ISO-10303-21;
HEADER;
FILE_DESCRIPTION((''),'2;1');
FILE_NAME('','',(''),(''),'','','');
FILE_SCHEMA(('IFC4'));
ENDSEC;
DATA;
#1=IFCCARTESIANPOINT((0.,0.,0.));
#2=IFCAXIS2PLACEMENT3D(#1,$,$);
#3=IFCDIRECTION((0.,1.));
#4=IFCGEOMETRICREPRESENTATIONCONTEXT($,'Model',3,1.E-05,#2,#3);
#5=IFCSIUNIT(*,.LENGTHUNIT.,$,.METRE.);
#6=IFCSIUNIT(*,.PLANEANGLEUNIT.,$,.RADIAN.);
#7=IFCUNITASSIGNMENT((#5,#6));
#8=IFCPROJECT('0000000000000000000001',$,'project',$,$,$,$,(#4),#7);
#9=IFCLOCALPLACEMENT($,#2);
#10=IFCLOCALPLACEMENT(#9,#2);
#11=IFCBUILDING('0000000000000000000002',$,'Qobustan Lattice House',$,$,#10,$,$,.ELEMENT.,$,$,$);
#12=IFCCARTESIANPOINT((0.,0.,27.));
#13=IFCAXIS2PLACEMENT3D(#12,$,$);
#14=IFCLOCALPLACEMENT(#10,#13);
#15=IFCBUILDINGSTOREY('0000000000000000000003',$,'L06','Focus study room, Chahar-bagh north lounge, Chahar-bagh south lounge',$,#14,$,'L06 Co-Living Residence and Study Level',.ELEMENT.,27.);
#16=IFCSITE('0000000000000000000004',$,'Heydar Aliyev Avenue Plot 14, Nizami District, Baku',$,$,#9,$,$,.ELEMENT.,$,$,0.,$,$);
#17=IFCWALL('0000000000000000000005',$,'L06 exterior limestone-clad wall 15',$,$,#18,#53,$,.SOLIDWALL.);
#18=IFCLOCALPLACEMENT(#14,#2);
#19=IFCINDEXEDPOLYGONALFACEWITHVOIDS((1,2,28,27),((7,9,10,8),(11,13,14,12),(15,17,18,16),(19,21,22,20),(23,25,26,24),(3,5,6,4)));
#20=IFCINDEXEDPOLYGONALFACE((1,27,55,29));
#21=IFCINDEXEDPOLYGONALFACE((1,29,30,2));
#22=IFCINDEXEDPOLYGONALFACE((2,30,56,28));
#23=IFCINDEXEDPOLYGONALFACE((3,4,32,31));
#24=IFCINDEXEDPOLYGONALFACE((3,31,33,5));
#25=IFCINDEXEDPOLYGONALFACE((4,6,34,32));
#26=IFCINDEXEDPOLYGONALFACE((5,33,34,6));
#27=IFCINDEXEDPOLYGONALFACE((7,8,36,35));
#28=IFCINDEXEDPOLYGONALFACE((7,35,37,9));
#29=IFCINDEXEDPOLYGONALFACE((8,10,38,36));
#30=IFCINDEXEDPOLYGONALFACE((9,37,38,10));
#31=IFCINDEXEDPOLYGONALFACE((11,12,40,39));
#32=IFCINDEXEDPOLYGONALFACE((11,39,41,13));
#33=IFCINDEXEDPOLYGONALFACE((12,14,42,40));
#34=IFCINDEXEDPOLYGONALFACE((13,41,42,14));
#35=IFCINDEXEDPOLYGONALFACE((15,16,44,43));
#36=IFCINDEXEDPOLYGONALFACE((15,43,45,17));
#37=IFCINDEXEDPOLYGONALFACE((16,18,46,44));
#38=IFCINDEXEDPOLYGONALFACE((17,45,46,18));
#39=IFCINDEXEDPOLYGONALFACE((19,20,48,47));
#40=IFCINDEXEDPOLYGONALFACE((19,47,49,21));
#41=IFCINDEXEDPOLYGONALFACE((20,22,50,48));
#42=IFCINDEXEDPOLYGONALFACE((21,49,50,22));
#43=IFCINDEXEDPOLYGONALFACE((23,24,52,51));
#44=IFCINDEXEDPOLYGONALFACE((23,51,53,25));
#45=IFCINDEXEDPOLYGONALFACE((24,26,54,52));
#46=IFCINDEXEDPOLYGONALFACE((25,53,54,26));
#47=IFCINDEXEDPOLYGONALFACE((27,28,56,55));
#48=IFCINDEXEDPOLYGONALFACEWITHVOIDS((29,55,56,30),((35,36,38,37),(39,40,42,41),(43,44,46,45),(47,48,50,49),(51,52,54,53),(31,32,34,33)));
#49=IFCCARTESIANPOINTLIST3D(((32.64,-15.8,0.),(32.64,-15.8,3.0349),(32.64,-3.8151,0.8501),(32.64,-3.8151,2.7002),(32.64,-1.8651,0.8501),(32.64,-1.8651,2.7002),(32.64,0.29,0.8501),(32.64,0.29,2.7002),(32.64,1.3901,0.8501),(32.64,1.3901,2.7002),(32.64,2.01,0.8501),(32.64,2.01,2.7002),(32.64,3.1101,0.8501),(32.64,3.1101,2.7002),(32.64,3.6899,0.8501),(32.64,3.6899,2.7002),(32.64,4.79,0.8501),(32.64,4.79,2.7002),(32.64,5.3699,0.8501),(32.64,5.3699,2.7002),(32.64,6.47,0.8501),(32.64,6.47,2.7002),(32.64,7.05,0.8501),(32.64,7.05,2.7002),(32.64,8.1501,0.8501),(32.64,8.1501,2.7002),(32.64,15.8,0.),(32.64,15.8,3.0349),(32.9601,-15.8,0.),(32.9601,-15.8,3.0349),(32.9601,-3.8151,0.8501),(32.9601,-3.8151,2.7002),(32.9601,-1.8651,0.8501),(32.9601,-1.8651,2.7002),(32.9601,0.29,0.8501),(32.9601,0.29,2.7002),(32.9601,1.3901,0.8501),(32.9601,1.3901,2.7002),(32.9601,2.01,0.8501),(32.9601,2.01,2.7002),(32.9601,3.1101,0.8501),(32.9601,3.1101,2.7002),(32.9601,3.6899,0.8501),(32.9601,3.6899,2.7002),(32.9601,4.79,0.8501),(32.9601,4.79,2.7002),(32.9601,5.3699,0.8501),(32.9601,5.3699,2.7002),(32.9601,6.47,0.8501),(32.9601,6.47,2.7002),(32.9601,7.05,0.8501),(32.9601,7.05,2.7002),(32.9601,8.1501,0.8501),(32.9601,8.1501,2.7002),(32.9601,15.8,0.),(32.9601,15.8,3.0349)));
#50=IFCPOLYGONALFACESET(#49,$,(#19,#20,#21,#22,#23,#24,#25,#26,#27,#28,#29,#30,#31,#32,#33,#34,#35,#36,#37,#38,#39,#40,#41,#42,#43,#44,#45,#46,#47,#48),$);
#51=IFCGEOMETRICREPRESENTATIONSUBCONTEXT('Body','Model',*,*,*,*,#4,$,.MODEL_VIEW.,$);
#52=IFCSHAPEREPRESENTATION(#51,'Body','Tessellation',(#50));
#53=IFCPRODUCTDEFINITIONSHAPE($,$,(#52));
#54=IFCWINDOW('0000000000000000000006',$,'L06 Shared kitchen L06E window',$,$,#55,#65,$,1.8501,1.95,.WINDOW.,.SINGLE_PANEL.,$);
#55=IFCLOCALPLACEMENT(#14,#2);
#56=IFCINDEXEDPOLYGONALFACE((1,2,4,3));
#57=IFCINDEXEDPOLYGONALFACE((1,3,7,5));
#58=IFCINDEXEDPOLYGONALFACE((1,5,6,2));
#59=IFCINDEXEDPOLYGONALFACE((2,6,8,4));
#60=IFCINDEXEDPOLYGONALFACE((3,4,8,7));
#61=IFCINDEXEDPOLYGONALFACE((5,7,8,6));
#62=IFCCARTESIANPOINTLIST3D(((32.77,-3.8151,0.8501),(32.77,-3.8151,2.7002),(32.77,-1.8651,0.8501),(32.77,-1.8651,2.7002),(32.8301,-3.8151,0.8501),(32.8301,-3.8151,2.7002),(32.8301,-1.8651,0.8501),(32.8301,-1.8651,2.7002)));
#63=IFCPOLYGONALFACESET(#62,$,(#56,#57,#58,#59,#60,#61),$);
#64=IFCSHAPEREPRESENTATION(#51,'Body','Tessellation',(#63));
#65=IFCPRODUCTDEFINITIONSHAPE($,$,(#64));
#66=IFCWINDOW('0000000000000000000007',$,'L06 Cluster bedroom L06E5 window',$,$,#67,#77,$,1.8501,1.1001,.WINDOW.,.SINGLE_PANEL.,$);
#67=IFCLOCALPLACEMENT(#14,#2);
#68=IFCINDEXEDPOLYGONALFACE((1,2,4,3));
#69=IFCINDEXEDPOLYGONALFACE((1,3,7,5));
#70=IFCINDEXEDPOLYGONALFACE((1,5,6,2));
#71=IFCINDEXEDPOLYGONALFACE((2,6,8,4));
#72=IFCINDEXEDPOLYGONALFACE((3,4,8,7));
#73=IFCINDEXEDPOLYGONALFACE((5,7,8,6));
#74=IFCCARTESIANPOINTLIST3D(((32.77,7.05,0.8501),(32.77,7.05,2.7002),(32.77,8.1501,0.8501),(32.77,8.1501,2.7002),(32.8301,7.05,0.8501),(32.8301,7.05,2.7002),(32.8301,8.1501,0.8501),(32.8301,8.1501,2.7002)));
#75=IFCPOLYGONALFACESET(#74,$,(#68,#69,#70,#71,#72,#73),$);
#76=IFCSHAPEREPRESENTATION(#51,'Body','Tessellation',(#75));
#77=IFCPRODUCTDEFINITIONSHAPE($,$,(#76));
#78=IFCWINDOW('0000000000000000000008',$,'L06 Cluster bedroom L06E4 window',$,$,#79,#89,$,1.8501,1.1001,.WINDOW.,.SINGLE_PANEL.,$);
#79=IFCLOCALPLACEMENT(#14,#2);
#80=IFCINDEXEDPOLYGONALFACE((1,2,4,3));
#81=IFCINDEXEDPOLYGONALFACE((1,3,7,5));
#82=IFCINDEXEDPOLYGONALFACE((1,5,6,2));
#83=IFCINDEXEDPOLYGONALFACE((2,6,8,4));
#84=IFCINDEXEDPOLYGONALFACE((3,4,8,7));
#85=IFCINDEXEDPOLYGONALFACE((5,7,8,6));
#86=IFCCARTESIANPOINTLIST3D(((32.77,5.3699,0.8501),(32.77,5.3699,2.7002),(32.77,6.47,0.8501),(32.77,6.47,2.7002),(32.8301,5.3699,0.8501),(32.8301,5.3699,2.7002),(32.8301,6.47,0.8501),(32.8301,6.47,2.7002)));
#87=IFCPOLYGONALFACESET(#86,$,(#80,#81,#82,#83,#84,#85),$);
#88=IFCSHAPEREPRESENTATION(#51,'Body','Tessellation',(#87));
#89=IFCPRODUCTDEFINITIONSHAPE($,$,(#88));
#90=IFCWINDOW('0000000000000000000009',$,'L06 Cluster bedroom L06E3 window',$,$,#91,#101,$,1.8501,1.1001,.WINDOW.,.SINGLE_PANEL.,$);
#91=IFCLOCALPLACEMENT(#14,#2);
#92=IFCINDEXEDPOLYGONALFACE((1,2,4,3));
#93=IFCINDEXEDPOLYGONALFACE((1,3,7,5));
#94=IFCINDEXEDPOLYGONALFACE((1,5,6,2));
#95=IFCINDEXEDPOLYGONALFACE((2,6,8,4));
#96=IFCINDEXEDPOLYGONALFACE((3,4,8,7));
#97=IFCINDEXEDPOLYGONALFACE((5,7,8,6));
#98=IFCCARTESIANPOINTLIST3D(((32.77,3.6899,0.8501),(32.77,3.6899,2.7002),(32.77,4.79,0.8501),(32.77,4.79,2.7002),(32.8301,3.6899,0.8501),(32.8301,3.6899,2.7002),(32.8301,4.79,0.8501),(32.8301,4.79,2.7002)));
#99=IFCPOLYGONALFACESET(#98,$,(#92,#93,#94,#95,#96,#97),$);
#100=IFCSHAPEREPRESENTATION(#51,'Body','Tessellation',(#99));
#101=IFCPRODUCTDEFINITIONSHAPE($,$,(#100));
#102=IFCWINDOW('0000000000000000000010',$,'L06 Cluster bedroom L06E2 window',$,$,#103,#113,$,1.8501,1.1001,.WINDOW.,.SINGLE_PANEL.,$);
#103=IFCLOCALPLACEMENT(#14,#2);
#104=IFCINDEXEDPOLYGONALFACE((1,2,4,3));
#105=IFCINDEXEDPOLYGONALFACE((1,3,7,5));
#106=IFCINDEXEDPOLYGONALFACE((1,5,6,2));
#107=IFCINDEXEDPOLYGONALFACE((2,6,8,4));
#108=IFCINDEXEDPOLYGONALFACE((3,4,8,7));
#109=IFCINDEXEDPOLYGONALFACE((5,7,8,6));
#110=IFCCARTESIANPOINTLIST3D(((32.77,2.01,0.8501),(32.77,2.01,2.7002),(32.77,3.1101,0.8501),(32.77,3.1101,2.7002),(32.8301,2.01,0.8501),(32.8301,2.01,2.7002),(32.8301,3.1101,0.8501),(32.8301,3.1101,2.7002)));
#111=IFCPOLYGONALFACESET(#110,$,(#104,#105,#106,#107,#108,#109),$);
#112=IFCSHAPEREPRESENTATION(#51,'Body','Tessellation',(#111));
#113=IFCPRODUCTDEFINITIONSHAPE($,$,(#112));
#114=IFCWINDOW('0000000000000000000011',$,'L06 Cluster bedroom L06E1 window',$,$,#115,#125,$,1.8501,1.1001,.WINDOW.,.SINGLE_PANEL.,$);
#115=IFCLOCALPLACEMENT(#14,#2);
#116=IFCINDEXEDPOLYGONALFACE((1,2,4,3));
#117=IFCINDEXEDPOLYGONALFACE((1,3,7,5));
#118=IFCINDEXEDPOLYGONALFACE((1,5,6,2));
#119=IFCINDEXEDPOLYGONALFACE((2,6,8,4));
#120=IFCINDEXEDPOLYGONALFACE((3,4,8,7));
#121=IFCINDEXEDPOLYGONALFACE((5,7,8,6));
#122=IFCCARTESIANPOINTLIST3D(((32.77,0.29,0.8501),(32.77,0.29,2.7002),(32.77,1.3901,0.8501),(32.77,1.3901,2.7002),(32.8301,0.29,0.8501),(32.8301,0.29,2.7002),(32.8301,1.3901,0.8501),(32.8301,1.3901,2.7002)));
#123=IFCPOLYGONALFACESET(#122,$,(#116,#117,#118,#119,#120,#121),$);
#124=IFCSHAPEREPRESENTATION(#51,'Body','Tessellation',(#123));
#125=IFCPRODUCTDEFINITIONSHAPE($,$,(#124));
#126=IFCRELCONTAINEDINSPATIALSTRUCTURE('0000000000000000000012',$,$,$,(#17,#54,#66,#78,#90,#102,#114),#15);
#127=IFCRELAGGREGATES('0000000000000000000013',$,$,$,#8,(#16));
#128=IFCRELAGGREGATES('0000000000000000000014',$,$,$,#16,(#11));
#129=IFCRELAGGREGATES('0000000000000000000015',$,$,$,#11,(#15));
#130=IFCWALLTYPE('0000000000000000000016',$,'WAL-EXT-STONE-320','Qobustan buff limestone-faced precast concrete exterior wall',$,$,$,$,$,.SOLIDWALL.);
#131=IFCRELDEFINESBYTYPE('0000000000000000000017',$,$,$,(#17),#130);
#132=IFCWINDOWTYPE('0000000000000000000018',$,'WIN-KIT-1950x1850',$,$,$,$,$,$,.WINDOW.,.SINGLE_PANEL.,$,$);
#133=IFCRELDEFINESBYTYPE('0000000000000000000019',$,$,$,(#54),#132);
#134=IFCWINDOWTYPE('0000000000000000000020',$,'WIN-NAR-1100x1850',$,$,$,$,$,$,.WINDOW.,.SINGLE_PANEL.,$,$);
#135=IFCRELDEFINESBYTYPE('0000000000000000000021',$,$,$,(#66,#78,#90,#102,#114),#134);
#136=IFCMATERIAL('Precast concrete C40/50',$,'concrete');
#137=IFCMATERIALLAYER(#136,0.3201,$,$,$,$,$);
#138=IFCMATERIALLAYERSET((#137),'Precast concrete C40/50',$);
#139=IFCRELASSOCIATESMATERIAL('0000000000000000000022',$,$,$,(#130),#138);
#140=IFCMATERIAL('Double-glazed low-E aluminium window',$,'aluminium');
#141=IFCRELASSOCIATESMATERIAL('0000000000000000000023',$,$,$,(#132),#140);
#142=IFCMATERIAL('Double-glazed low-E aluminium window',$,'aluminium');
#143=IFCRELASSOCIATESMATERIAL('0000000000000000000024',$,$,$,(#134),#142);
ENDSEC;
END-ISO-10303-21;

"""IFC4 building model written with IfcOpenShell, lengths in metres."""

from ifc_helpers import new_model, si_unit, direction, frame, frame_2d, origin, place, context, subcontext, project, spatial, rectangle, extrude, material, layer, layer_set, type_object, element, fill, save


model = new_model("IFC4")

# Units and contexts
model_context = context("Model", 3, precision=1e-05, world=origin(), true_north=direction((0.0, 1.0)))
body_context = subcontext(model_context, "Body", "Model", "MODEL_VIEW")
ifc_project = project(units=[si_unit("LENGTHUNIT", "METRE"), si_unit("PLANEANGLEUNIT", "RADIAN")], contexts=[model_context])

# Site, building, storey
site_placement = place(None, origin())
site = spatial("IfcSite", under=ifc_project, at=site_placement, Name="Heydar Aliyev Avenue Plot 14, Nizami District, Baku", CompositionType="ELEMENT", RefElevation=0.0)
building_placement = place(site_placement, origin())
building = spatial("IfcBuilding", under=site, at=building_placement, Name="Qobustan Lattice House", CompositionType="ELEMENT")
storey_placement = place(building_placement, frame((0.0, 0.0, 27.0)))
storey = spatial("IfcBuildingStorey", under=building, at=storey_placement, Name="L06", Description="Focus study room, Chahar-bagh north lounge, Chahar-bagh south lounge", LongName="L06 Co-Living Residence and Study Level", CompositionType="ELEMENT", Elevation=27.0)

# Shared definitions
ifc_material_1 = material(Name="Precast concrete C40/50", Category="concrete")
ifc_layer_1 = layer(ifc_material_1, 0.3201)
ifc_layer_set_1 = layer_set([ifc_layer_1], Name="Precast concrete C40/50")
wall_type = type_object("IfcWallType", Name="WAL-EXT-STONE-320", Description="Qobustan buff limestone-faced precast concrete exterior wall", PredefinedType="SOLIDWALL", material=ifc_layer_set_1)

# Wall, openings, windows
wall_1_placement = place(storey_placement, frame((32.8, 15.8, 0.0), z_axis=(0.0, 0.0, 1.0), x_axis=(0.0, -1.0, 0.0)))
wall_1 = element("IfcWall", 1, at=wall_1_placement, inside=storey, type_object=wall_type, Name="L06 exterior limestone-clad wall 15", PredefinedType="SOLIDWALL", context=body_context, shape_type="SweptSolid", body=[
    extrude(rectangle(XDim=31.6001, YDim=0.3201, at=frame_2d((15.8, 0.0))), origin(), (0.0, 0.0, 1.0), 3.0349),
])
opening_1_placement = place(wall_1_placement, frame((7.6499, 0.0, 0.8501)))
opening_1 = element("IfcOpeningElement", 2, at=opening_1_placement, cuts=wall_1, PredefinedType="OPENING", context=body_context, shape_type="SweptSolid", body=[
    extrude(rectangle(XDim=1.1001, YDim=1.8501, at=frame_2d((0.55, 0.925))), frame((0.0, 0.1699, 0.0), z_axis=(0.0, -1.0, 0.0), x_axis=(1.0, 0.0, 0.0)), (0.0, 0.0, 1.0), 0.3401),
])
opening_2_placement = place(wall_1_placement, frame((9.3301, 0.0, 0.8501)))
opening_2 = element("IfcOpeningElement", 3, at=opening_2_placement, cuts=wall_1, PredefinedType="OPENING", context=body_context, shape_type="SweptSolid", body=[
    extrude(rectangle(XDim=1.1001, YDim=1.8501, at=frame_2d((0.55, 0.925))), frame((0.0, 0.1699, 0.0), z_axis=(0.0, -1.0, 0.0), x_axis=(1.0, 0.0, 0.0)), (0.0, 0.0, 1.0), 0.3401),
])
opening_3_placement = place(wall_1_placement, frame((11.01, 0.0, 0.8501)))
opening_3 = element("IfcOpeningElement", 4, at=opening_3_placement, cuts=wall_1, PredefinedType="OPENING", context=body_context, shape_type="SweptSolid", body=[
    extrude(rectangle(XDim=1.1001, YDim=1.8501, at=frame_2d((0.55, 0.925))), frame((0.0, 0.1699, 0.0), z_axis=(0.0, -1.0, 0.0), x_axis=(1.0, 0.0, 0.0)), (0.0, 0.0, 1.0), 0.3401),
])
opening_4_placement = place(wall_1_placement, frame((12.6899, 0.0, 0.8501)))
opening_4 = element("IfcOpeningElement", 5, at=opening_4_placement, cuts=wall_1, PredefinedType="OPENING", context=body_context, shape_type="SweptSolid", body=[
    extrude(rectangle(XDim=1.1001, YDim=1.8501, at=frame_2d((0.55, 0.925))), frame((0.0, 0.1699, 0.0), z_axis=(0.0, -1.0, 0.0), x_axis=(1.0, 0.0, 0.0)), (0.0, 0.0, 1.0), 0.3401),
])
opening_5_placement = place(wall_1_placement, frame((14.4099, 0.0, 0.8501)))
opening_5 = element("IfcOpeningElement", 6, at=opening_5_placement, cuts=wall_1, PredefinedType="OPENING", context=body_context, shape_type="SweptSolid", body=[
    extrude(rectangle(XDim=1.1001, YDim=1.8501, at=frame_2d((0.55, 0.925))), frame((0.0, 0.1699, 0.0), z_axis=(0.0, -1.0, 0.0), x_axis=(1.0, 0.0, 0.0)), (0.0, 0.0, 1.0), 0.3401),
])
opening_6_placement = place(wall_1_placement, frame((17.665, 0.0, 0.8501)))
opening_6 = element("IfcOpeningElement", 7, at=opening_6_placement, cuts=wall_1, PredefinedType="OPENING", context=body_context, shape_type="SweptSolid", body=[
    extrude(rectangle(XDim=1.95, YDim=1.8501, at=frame_2d((0.9751, 0.925))), frame((0.0, 0.1699, 0.0), z_axis=(0.0, -1.0, 0.0), x_axis=(1.0, 0.0, 0.0)), (0.0, 0.0, 1.0), 0.3401),
])
ifc_material_2 = material(Name="Double-glazed low-E aluminium window", Category="aluminium")
window_type_1 = type_object("IfcWindowType", Name="WIN-KIT-1950x1850", PartitioningType="SINGLE_PANEL", PredefinedType="WINDOW", material=ifc_material_2)
window_1_placement = place(opening_6_placement, origin())
window_1 = element("IfcWindow", 8, at=window_1_placement, inside=storey, type_object=window_type_1, Name="L06 Shared kitchen L06E window", OverallHeight=1.8501, OverallWidth=1.95, PartitioningType="SINGLE_PANEL", PredefinedType="WINDOW", context=body_context, shape_type="SweptSolid", body=[
    extrude(rectangle(XDim=1.95, YDim=1.8501, at=frame_2d((0.9751, 0.925))), frame((0.0, 0.03, 0.0), z_axis=(0.0, -1.0, 0.0), x_axis=(1.0, 0.0, 0.0)), (0.0, 0.0, 1.0), 0.0601),
])
fill(opening_6, window_1)
ifc_material_3 = material(Name="Double-glazed low-E aluminium window", Category="aluminium")
window_type_2 = type_object("IfcWindowType", Name="WIN-NAR-1100x1850", PartitioningType="SINGLE_PANEL", PredefinedType="WINDOW", material=ifc_material_3)
window_2_placement = place(opening_1_placement, origin())
window_2 = element("IfcWindow", 9, at=window_2_placement, inside=storey, type_object=window_type_2, Name="L06 Cluster bedroom L06E5 window", OverallHeight=1.8501, OverallWidth=1.1001, PartitioningType="SINGLE_PANEL", PredefinedType="WINDOW", context=body_context, shape_type="SweptSolid", body=[
    extrude(rectangle(XDim=1.1001, YDim=1.8501, at=frame_2d((0.55, 0.925))), frame((0.0, 0.03, 0.0), z_axis=(0.0, -1.0, 0.0), x_axis=(1.0, 0.0, 0.0)), (0.0, 0.0, 1.0), 0.0601),
])
fill(opening_1, window_2)
window_3_placement = place(opening_2_placement, origin())
window_3 = element("IfcWindow", 10, at=window_3_placement, inside=storey, type_object=window_type_2, Name="L06 Cluster bedroom L06E4 window", OverallHeight=1.8501, OverallWidth=1.1001, PartitioningType="SINGLE_PANEL", PredefinedType="WINDOW", context=body_context, shape_type="SweptSolid", body=[
    extrude(rectangle(XDim=1.1001, YDim=1.8501, at=frame_2d((0.55, 0.925))), frame((0.0, 0.03, 0.0), z_axis=(0.0, -1.0, 0.0), x_axis=(1.0, 0.0, 0.0)), (0.0, 0.0, 1.0), 0.0601),
])
fill(opening_2, window_3)
window_4_placement = place(opening_3_placement, origin())
window_4 = element("IfcWindow", 11, at=window_4_placement, inside=storey, type_object=window_type_2, Name="L06 Cluster bedroom L06E3 window", OverallHeight=1.8501, OverallWidth=1.1001, PartitioningType="SINGLE_PANEL", PredefinedType="WINDOW", context=body_context, shape_type="SweptSolid", body=[
    extrude(rectangle(XDim=1.1001, YDim=1.8501, at=frame_2d((0.55, 0.925))), frame((0.0, 0.03, 0.0), z_axis=(0.0, -1.0, 0.0), x_axis=(1.0, 0.0, 0.0)), (0.0, 0.0, 1.0), 0.0601),
])
fill(opening_3, window_4)
window_5_placement = place(opening_4_placement, origin())
window_5 = element("IfcWindow", 12, at=window_5_placement, inside=storey, type_object=window_type_2, Name="L06 Cluster bedroom L06E2 window", OverallHeight=1.8501, OverallWidth=1.1001, PartitioningType="SINGLE_PANEL", PredefinedType="WINDOW", context=body_context, shape_type="SweptSolid", body=[
    extrude(rectangle(XDim=1.1001, YDim=1.8501, at=frame_2d((0.55, 0.925))), frame((0.0, 0.03, 0.0), z_axis=(0.0, -1.0, 0.0), x_axis=(1.0, 0.0, 0.0)), (0.0, 0.0, 1.0), 0.0601),
])
fill(opening_4, window_5)
window_6_placement = place(opening_5_placement, origin())
window_6 = element("IfcWindow", 13, at=window_6_placement, inside=storey, type_object=window_type_2, Name="L06 Cluster bedroom L06E1 window", OverallHeight=1.8501, OverallWidth=1.1001, PartitioningType="SINGLE_PANEL", PredefinedType="WINDOW", context=body_context, shape_type="SweptSolid", body=[
    extrude(rectangle(XDim=1.1001, YDim=1.8501, at=frame_2d((0.55, 0.925))), frame((0.0, 0.03, 0.0), z_axis=(0.0, -1.0, 0.0), x_axis=(1.0, 0.0, 0.0)), (0.0, 0.0, 1.0), 0.0601),
])
fill(opening_5, window_6)

save(model, "model.ifc")
